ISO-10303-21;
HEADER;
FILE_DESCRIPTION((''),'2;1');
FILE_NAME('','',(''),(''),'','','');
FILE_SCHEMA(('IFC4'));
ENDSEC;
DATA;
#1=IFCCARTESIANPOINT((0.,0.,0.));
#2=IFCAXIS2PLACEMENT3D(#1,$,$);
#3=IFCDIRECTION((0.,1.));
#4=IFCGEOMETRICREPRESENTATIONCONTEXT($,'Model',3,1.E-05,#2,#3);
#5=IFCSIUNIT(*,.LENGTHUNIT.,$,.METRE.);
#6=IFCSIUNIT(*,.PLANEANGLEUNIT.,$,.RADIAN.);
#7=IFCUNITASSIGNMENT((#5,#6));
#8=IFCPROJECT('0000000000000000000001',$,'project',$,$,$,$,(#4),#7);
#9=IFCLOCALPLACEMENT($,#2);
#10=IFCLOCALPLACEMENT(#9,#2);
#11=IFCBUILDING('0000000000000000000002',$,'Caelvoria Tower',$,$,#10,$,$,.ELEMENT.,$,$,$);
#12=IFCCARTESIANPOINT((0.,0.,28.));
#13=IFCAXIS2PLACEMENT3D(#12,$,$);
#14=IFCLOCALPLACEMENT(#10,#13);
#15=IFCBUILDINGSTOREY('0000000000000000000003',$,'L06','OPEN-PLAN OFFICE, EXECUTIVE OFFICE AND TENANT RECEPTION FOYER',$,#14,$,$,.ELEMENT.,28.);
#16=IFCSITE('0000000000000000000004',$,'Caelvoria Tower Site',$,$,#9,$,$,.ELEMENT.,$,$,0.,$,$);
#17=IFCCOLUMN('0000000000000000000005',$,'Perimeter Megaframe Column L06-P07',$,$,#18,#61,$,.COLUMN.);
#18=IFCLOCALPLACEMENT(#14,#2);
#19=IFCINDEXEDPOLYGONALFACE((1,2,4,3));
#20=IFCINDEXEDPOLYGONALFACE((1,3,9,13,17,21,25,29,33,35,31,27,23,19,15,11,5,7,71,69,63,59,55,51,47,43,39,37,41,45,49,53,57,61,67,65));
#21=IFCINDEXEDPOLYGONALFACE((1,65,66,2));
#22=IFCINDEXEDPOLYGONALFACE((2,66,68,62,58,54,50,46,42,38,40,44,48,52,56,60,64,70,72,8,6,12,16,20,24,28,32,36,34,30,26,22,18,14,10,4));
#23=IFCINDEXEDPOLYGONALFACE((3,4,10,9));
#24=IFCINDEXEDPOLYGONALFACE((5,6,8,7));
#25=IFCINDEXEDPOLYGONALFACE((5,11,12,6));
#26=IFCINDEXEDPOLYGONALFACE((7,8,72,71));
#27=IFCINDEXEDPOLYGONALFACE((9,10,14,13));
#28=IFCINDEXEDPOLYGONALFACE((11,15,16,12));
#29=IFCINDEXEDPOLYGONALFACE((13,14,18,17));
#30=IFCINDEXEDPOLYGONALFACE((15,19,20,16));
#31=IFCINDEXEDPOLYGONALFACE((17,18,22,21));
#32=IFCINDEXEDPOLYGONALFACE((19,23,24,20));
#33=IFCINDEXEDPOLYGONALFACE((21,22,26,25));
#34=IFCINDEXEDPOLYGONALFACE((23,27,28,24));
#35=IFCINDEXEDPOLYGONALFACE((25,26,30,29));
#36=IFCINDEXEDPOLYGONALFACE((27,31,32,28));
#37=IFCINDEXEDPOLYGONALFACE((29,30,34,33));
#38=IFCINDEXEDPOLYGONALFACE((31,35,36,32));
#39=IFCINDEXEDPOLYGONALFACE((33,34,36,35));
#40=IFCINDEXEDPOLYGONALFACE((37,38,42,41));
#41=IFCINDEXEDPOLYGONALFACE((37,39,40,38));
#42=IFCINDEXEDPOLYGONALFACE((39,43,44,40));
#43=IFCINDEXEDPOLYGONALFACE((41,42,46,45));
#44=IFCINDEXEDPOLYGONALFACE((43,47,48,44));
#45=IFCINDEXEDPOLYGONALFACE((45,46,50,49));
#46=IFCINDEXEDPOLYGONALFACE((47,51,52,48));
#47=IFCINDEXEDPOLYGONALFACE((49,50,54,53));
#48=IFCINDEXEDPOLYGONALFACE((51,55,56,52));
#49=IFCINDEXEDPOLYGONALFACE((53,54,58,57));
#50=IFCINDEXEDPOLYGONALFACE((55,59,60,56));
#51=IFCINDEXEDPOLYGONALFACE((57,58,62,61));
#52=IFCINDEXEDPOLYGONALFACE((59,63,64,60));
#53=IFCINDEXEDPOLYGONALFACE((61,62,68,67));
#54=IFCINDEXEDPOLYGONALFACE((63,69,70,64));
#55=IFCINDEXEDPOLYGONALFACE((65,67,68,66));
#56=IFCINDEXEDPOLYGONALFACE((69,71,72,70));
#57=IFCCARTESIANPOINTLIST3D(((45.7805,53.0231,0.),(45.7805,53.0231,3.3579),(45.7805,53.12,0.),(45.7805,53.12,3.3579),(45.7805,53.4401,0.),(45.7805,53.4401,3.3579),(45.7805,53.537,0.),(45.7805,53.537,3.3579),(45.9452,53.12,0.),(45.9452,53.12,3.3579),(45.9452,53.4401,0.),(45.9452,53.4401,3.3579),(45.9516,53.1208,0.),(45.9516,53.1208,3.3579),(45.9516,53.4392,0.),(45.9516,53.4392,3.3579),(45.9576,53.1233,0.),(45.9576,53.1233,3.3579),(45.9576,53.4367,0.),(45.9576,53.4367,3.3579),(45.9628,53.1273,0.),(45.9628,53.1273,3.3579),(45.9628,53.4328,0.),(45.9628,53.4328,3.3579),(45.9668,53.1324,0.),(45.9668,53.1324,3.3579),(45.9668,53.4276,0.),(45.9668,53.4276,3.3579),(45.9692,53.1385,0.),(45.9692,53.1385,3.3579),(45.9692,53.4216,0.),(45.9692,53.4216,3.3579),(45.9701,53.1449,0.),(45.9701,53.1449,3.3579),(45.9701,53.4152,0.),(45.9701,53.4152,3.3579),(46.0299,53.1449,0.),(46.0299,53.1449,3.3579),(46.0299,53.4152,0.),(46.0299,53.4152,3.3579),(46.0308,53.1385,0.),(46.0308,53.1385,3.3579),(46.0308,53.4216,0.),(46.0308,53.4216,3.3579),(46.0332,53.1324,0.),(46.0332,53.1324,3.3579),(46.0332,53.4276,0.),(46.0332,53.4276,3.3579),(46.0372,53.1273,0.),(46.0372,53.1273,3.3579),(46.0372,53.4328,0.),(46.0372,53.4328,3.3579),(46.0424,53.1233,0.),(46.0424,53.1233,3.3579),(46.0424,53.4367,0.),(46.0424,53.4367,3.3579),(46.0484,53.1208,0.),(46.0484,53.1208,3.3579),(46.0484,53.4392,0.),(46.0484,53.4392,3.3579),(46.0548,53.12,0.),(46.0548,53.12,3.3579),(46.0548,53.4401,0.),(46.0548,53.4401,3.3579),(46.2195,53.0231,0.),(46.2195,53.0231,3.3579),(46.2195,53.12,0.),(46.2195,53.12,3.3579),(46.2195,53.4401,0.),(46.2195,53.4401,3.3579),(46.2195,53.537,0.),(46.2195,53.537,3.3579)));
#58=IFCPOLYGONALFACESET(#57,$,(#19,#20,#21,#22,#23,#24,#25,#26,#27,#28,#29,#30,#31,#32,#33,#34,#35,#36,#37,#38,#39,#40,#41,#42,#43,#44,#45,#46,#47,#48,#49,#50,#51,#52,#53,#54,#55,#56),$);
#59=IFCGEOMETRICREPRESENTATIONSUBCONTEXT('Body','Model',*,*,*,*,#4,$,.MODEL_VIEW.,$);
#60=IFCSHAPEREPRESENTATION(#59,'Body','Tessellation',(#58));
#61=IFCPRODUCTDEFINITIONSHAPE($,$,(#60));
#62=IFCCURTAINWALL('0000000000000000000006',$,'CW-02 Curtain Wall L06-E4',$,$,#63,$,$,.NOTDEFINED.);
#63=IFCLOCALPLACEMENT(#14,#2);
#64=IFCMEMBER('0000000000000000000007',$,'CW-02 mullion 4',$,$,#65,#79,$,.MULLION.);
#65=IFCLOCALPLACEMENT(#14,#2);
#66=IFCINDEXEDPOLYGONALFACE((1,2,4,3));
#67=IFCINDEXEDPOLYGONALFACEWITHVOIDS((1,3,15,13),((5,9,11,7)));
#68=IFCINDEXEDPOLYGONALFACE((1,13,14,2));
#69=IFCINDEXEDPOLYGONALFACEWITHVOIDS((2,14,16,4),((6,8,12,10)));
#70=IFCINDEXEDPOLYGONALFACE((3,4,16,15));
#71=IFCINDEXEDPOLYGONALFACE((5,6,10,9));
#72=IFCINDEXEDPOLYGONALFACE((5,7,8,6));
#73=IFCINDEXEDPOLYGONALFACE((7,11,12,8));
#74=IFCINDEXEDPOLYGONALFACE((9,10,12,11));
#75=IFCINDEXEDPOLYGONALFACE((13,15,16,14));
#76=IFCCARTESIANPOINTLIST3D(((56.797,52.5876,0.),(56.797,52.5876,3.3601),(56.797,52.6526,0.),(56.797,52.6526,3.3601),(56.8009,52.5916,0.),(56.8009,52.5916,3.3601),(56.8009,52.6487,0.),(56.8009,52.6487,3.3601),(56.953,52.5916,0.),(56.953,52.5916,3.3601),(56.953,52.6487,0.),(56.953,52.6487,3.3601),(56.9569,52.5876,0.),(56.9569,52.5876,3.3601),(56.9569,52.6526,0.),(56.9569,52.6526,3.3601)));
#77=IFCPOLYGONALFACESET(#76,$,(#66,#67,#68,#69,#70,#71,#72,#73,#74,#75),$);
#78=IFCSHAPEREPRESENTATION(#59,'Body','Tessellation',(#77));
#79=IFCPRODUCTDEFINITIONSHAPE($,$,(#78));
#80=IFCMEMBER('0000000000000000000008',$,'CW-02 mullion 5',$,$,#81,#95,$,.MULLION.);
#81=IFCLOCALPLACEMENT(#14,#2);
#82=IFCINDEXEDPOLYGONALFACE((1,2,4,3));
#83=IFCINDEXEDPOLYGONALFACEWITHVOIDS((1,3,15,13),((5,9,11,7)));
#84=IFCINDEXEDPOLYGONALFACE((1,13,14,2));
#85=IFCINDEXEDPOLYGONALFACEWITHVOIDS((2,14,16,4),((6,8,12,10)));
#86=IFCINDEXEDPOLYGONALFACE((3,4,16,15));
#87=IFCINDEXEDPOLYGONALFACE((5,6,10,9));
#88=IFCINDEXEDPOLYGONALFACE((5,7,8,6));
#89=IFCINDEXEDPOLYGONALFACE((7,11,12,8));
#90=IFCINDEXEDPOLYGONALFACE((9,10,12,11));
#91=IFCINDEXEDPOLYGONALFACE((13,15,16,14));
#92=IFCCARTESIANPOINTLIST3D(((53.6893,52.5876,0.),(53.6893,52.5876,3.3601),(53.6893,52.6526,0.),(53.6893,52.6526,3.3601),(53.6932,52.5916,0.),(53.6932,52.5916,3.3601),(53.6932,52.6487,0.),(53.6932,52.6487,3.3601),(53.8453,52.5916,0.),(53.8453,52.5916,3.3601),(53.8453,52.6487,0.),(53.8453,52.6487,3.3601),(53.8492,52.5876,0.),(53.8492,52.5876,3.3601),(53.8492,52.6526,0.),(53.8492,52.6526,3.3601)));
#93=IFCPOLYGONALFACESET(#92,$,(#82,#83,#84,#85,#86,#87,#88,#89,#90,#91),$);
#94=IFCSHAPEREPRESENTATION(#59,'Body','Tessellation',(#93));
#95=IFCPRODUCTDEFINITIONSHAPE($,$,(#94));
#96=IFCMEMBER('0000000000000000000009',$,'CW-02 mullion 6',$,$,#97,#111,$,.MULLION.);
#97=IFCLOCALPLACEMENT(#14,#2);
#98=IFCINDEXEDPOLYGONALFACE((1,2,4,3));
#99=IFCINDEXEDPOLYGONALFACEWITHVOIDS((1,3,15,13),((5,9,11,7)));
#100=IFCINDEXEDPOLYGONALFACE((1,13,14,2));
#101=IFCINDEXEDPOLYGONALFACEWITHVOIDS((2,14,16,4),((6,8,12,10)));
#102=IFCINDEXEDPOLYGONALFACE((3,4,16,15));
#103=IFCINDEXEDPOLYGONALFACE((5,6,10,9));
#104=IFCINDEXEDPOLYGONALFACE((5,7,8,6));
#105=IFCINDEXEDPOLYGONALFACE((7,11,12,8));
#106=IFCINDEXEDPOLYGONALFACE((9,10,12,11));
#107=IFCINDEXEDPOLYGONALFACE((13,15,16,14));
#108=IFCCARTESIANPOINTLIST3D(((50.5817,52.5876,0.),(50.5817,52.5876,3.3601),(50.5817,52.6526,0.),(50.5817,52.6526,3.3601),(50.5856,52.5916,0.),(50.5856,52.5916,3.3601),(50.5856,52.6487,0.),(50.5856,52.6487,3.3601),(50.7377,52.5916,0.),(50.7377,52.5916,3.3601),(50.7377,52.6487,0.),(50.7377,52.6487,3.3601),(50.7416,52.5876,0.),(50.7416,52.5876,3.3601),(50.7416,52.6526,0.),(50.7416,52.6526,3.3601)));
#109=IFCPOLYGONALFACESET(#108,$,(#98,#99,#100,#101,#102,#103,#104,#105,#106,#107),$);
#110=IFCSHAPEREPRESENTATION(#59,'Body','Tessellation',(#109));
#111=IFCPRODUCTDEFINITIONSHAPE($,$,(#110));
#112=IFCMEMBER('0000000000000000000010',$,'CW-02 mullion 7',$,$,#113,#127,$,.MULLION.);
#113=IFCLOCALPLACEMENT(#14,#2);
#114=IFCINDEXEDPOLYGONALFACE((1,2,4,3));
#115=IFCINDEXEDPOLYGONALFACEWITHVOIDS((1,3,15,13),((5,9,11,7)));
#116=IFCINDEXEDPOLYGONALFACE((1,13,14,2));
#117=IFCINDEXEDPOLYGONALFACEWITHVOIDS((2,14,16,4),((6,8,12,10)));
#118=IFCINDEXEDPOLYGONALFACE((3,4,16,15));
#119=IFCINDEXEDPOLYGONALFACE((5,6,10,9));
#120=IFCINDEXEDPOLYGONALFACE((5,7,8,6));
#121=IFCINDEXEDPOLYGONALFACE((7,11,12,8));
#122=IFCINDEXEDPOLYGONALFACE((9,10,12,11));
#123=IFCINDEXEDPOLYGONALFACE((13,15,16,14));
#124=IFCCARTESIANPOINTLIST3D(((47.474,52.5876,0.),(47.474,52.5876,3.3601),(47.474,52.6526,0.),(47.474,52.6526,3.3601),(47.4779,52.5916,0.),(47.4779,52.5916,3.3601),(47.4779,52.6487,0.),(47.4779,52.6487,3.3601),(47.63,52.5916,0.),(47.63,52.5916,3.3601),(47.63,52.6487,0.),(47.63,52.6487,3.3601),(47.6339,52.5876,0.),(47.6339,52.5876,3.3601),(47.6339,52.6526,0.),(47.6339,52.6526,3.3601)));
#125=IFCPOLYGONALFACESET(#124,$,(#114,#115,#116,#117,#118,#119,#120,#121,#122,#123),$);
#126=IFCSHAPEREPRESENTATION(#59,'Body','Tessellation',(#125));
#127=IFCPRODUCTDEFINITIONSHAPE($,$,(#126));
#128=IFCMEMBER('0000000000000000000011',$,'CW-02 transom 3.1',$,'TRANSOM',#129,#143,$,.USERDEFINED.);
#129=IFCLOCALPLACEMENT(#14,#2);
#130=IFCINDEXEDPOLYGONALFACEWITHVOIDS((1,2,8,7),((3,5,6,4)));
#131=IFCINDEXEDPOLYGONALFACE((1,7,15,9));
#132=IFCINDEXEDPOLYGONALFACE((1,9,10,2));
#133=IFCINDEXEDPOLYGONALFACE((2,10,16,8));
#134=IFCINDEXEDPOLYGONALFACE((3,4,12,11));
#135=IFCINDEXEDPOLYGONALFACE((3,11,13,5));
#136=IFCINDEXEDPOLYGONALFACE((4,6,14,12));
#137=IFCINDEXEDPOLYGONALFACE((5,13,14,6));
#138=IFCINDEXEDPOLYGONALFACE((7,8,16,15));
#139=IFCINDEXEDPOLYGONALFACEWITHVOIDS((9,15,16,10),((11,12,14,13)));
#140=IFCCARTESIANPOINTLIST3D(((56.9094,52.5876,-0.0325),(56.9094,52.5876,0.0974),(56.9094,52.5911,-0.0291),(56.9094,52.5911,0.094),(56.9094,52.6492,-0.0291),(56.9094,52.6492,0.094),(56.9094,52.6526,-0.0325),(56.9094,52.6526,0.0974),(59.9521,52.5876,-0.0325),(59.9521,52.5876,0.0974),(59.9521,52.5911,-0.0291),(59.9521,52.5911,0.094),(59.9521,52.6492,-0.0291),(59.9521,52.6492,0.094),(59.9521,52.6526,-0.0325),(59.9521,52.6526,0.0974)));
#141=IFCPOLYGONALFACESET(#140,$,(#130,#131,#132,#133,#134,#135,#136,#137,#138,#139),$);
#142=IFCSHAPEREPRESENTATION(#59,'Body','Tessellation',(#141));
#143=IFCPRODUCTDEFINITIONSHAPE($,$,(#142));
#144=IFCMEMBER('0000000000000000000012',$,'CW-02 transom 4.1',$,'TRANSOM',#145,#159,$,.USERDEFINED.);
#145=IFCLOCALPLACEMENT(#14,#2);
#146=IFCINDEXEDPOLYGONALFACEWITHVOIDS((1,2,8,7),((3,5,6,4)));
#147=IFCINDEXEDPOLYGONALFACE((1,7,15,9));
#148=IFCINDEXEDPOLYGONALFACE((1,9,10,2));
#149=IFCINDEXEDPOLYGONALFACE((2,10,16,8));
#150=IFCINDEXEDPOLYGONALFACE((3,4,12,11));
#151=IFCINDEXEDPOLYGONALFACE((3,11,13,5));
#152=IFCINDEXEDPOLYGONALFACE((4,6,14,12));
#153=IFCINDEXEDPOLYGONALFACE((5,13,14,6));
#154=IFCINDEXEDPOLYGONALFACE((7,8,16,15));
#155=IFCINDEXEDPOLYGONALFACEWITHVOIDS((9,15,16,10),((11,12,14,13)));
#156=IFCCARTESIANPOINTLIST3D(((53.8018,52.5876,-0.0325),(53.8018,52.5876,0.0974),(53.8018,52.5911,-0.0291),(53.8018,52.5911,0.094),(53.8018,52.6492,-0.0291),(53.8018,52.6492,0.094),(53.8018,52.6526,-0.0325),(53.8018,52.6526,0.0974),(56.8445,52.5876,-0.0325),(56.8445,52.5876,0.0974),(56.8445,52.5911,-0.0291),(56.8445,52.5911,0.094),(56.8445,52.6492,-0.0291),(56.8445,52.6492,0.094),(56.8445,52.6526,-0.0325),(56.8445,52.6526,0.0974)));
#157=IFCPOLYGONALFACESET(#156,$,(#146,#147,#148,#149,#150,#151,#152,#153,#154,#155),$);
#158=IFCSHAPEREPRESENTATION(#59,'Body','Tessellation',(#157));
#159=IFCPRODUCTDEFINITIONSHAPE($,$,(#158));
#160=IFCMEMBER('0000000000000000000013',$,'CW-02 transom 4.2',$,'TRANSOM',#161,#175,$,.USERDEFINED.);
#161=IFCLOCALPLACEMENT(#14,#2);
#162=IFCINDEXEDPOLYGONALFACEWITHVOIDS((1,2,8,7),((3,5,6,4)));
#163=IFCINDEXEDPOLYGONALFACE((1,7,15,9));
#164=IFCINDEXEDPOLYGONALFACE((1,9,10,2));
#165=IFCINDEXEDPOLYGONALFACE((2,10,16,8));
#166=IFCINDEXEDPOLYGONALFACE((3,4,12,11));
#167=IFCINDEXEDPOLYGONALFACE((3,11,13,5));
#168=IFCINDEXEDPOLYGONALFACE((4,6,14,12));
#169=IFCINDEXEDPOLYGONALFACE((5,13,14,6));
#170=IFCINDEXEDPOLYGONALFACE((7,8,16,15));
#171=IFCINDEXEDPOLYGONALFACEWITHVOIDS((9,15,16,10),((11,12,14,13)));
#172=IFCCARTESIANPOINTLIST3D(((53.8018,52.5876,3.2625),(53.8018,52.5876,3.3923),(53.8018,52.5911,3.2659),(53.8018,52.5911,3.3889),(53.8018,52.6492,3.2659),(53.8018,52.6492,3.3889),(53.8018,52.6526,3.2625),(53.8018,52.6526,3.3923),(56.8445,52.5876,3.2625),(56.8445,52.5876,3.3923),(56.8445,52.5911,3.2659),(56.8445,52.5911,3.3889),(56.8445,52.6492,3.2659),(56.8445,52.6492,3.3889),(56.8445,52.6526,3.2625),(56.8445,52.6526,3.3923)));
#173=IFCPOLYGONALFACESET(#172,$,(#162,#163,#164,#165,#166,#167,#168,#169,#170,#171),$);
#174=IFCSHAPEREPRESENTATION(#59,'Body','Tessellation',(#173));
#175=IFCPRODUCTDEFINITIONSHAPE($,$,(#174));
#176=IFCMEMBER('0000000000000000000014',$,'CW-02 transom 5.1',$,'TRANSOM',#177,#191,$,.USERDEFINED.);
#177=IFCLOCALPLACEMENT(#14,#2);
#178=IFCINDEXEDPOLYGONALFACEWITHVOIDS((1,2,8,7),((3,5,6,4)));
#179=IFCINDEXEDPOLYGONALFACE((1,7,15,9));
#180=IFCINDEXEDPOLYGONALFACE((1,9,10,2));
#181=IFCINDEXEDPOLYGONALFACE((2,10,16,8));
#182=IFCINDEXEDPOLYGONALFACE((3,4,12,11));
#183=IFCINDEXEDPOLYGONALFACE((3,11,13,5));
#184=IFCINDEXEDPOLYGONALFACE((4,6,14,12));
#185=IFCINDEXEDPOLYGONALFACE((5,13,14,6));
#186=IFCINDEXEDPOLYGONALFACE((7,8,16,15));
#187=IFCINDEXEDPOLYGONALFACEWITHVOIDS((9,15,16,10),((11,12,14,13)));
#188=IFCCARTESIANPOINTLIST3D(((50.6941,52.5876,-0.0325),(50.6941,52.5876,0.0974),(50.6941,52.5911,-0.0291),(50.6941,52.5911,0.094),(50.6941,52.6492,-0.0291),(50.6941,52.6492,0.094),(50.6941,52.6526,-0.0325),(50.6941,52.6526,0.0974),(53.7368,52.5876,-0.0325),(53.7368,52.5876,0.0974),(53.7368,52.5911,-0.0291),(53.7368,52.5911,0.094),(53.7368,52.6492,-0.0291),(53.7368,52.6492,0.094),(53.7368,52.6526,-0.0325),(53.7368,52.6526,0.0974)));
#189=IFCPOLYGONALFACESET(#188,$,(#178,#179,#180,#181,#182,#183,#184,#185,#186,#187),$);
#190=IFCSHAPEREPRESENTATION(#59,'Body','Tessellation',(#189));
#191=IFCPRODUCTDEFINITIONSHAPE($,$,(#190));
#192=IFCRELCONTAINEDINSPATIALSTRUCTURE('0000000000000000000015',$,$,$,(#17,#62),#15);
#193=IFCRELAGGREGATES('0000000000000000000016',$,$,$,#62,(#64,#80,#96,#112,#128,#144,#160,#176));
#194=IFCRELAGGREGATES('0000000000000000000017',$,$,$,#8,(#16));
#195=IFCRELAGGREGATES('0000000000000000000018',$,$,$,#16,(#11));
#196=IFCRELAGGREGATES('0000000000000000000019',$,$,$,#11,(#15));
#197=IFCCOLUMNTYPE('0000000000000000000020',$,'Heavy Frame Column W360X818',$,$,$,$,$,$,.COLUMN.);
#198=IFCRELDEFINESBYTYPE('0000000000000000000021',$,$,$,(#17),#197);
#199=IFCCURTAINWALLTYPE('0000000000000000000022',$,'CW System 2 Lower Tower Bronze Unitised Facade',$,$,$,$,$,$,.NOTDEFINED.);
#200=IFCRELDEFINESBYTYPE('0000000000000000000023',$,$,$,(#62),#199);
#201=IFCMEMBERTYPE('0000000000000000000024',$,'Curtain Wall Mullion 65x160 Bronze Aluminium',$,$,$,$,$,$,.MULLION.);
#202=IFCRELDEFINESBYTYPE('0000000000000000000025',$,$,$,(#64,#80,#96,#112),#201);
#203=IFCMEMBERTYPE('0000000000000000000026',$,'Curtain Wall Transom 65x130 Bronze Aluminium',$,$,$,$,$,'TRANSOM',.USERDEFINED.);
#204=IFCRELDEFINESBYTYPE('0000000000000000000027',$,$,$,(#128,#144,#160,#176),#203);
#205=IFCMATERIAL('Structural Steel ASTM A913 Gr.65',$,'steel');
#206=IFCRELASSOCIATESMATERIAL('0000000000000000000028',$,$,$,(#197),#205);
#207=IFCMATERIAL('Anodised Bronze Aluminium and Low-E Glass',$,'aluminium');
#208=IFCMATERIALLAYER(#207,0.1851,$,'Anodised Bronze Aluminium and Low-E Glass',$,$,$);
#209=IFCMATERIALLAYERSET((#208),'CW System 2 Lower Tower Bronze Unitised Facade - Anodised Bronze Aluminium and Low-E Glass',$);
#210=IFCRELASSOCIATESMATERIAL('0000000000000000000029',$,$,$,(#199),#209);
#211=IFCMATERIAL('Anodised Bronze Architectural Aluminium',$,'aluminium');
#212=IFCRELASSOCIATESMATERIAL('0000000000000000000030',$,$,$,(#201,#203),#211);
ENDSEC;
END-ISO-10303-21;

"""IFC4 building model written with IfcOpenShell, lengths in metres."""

from ifc_helpers import new_model, si_unit, direction, frame, origin, origin_2d, place, context, subcontext, project, spatial, hollow_rectangle, i_section, extrude, material, layer, layer_set, material_profile, profile_set, type_object, element, aggregate, save


model = new_model("IFC4")

# Units and contexts
model_context = context("Model", 3, precision=1e-05, world=origin(), true_north=direction((0.0, 1.0)))
body_context = subcontext(model_context, "Body", "Model", "MODEL_VIEW")
ifc_project = project(units=[si_unit("LENGTHUNIT", "METRE"), si_unit("PLANEANGLEUNIT", "RADIAN")], contexts=[model_context])

# Site, building, storey
site_placement = place(None, origin())
site = spatial("IfcSite", under=ifc_project, at=site_placement, Name="Caelvoria Tower Site", CompositionType="ELEMENT", RefElevation=0.0)
building_placement = place(site_placement, origin())
building = spatial("IfcBuilding", under=site, at=building_placement, Name="Caelvoria Tower", CompositionType="ELEMENT")
storey_placement = place(building_placement, frame((0.0, 0.0, 28.0)))
storey = spatial("IfcBuildingStorey", under=building, at=storey_placement, Name="L06", Description="OPEN-PLAN OFFICE, EXECUTIVE OFFICE AND TENANT RECEPTION FOYER", CompositionType="ELEMENT", Elevation=28.0)

# Column
ifc_material_1 = material(Name="Structural Steel ASTM A913 Gr.65", Category="steel")
ifc_material_profile_1 = material_profile(ifc_material_1, i_section(OverallWidth=0.439, OverallDepth=0.5139, WebThickness=0.0598, FlangeThickness=0.0969, FilletRadius=0.0249, at=origin_2d()), Name="Structural Steel ASTM A913 Gr.65")
ifc_profile_set_1 = profile_set([ifc_material_profile_1], Name="W360X818 - Structural Steel ASTM A913 Gr.65")
column_type = type_object("IfcColumnType", Name="Heavy Frame Column W360X818", PredefinedType="COLUMN", material=ifc_profile_set_1)
column_placement = place(storey_placement, frame((46.0, 53.28, 0.0), z_axis=(0.0, 0.0, 1.0), x_axis=(1.0, 0.0, 0.0)))
element("IfcColumn", 1, at=column_placement, inside=storey, type_object=column_type, Name="Perimeter Megaframe Column L06-P07", PredefinedType="COLUMN", context=body_context, shape_type="SweptSolid", body=[
    extrude(i_section(OverallWidth=0.439, OverallDepth=0.5139, WebThickness=0.0598, FlangeThickness=0.0969, FilletRadius=0.0249, at=origin_2d()), origin(), (0.0, 0.0, 1.0), 3.3579),
])

# Curtain wall, members
ifc_material_2 = material(Name="Anodised Bronze Aluminium and Low-E Glass", Category="aluminium")
ifc_layer_1 = layer(ifc_material_2, 0.1851, Name="Anodised Bronze Aluminium and Low-E Glass")
ifc_layer_set_1 = layer_set([ifc_layer_1], Name="CW System 2 Lower Tower Bronze Unitised Facade - Anodised Bronze Aluminium and Low-E Glass")
curtain_wall_type = type_object("IfcCurtainWallType", Name="CW System 2 Lower Tower Bronze Unitised Facade", PredefinedType="NOTDEFINED", material=ifc_layer_set_1)
curtain_wall_placement = place(storey_placement, origin())
curtain_wall = element("IfcCurtainWall", 2, at=curtain_wall_placement, inside=storey, type_object=curtain_wall_type, Name="CW-02 Curtain Wall L06-E4", PredefinedType="NOTDEFINED")
ifc_material_3 = material(Name="Anodised Bronze Architectural Aluminium", Category="aluminium")
ifc_material_profile_2 = material_profile(ifc_material_3, hollow_rectangle(XDim=0.0649, YDim=0.1599, WallThickness=0.0039, at=origin_2d()), Name="Anodised Bronze Architectural Aluminium")
ifc_profile_set_2 = profile_set([ifc_material_profile_2], Name="CW_MULL_65X160 - Anodised Bronze Architectural Aluminium")
member_type_1 = type_object("IfcMemberType", Name="Curtain Wall Mullion 65x160 Bronze Aluminium", PredefinedType="MULLION", material=ifc_profile_set_2)
member_1_placement = place(storey_placement, frame((56.877, 52.6201, 0.0), z_axis=(0.0, 0.0, 1.0), x_axis=(0.0, -1.0, 0.0)))
member_1 = element("IfcMember", 3, at=member_1_placement, type_object=member_type_1, Name="CW-02 mullion 4", PredefinedType="MULLION", context=body_context, shape_type="SweptSolid", body=[
    extrude(hollow_rectangle(XDim=0.0649, YDim=0.1599, WallThickness=0.0039, at=origin_2d()), origin(), (0.0, 0.0, 1.0), 3.3601),
])
member_2_placement = place(storey_placement, frame((53.7693, 52.6201, 0.0), z_axis=(0.0, 0.0, 1.0), x_axis=(0.0, -1.0, 0.0)))
member_2 = element("IfcMember", 4, at=member_2_placement, type_object=member_type_1, Name="CW-02 mullion 5", PredefinedType="MULLION", context=body_context, shape_type="SweptSolid", body=[
    extrude(hollow_rectangle(XDim=0.0649, YDim=0.1599, WallThickness=0.0039, at=origin_2d()), origin(), (0.0, 0.0, 1.0), 3.3601),
])
member_3_placement = place(storey_placement, frame((50.6616, 52.6201, 0.0), z_axis=(0.0, 0.0, 1.0), x_axis=(0.0, -1.0, 0.0)))
member_3 = element("IfcMember", 5, at=member_3_placement, type_object=member_type_1, Name="CW-02 mullion 6", PredefinedType="MULLION", context=body_context, shape_type="SweptSolid", body=[
    extrude(hollow_rectangle(XDim=0.0649, YDim=0.1599, WallThickness=0.0039, at=origin_2d()), origin(), (0.0, 0.0, 1.0), 3.3601),
])
member_4_placement = place(storey_placement, frame((47.554, 52.6201, 0.0), z_axis=(0.0, 0.0, 1.0), x_axis=(0.0, -1.0, 0.0)))
member_4 = element("IfcMember", 6, at=member_4_placement, type_object=member_type_1, Name="CW-02 mullion 7", PredefinedType="MULLION", context=body_context, shape_type="SweptSolid", body=[
    extrude(hollow_rectangle(XDim=0.0649, YDim=0.1599, WallThickness=0.0039, at=origin_2d()), origin(), (0.0, 0.0, 1.0), 3.3601),
])
ifc_material_profile_3 = material_profile(ifc_material_3, hollow_rectangle(XDim=0.0649, YDim=0.1299, WallThickness=0.0034, at=origin_2d()), Name="Anodised Bronze Architectural Aluminium")
ifc_profile_set_3 = profile_set([ifc_material_profile_3], Name="CW_TRAN_65X130 - Anodised Bronze Architectural Aluminium")
member_type_2 = type_object("IfcMemberType", Name="Curtain Wall Transom 65x130 Bronze Aluminium", ElementType="TRANSOM", PredefinedType="USERDEFINED", material=ifc_profile_set_3)
member_5_placement = place(storey_placement, frame((59.9521, 52.6201, 0.0325), z_axis=(-1.0, 0.0, 0.0), x_axis=(0.0, -1.0, 0.0)))
member_5 = element("IfcMember", 7, at=member_5_placement, type_object=member_type_2, Name="CW-02 transom 3.1", ObjectType="TRANSOM", PredefinedType="USERDEFINED", context=body_context, shape_type="SweptSolid", body=[
    extrude(hollow_rectangle(XDim=0.0649, YDim=0.1299, WallThickness=0.0034, at=origin_2d()), origin(), (0.0, 0.0, 1.0), 3.0427),
])
member_6_placement = place(storey_placement, frame((56.8445, 52.6201, 0.0325), z_axis=(-1.0, 0.0, 0.0), x_axis=(0.0, -1.0, 0.0)))
member_6 = element("IfcMember", 8, at=member_6_placement, type_object=member_type_2, Name="CW-02 transom 4.1", ObjectType="TRANSOM", PredefinedType="USERDEFINED", context=body_context, shape_type="SweptSolid", body=[
    extrude(hollow_rectangle(XDim=0.0649, YDim=0.1299, WallThickness=0.0034, at=origin_2d()), origin(), (0.0, 0.0, 1.0), 3.0427),
])
member_7_placement = place(storey_placement, frame((56.8445, 52.6201, 3.3274), z_axis=(-1.0, 0.0, 0.0), x_axis=(0.0, -1.0, 0.0)))
member_7 = element("IfcMember", 9, at=member_7_placement, type_object=member_type_2, Name="CW-02 transom 4.2", ObjectType="TRANSOM", PredefinedType="USERDEFINED", context=body_context, shape_type="SweptSolid", body=[
    extrude(hollow_rectangle(XDim=0.0649, YDim=0.1299, WallThickness=0.0034, at=origin_2d()), origin(), (0.0, 0.0, 1.0), 3.0427),
])
member_8_placement = place(storey_placement, frame((53.7368, 52.6201, 0.0325), z_axis=(-1.0, 0.0, 0.0), x_axis=(0.0, -1.0, 0.0)))
member_8 = element("IfcMember", 10, at=member_8_placement, type_object=member_type_2, Name="CW-02 transom 5.1", ObjectType="TRANSOM", PredefinedType="USERDEFINED", context=body_context, shape_type="SweptSolid", body=[
    extrude(hollow_rectangle(XDim=0.0649, YDim=0.1299, WallThickness=0.0034, at=origin_2d()), origin(), (0.0, 0.0, 1.0), 3.0427),
])

aggregate(curtain_wall, [member_1, member_2, member_3, member_4, member_5, member_6, member_7, member_8])

save(model, "model.ifc")
